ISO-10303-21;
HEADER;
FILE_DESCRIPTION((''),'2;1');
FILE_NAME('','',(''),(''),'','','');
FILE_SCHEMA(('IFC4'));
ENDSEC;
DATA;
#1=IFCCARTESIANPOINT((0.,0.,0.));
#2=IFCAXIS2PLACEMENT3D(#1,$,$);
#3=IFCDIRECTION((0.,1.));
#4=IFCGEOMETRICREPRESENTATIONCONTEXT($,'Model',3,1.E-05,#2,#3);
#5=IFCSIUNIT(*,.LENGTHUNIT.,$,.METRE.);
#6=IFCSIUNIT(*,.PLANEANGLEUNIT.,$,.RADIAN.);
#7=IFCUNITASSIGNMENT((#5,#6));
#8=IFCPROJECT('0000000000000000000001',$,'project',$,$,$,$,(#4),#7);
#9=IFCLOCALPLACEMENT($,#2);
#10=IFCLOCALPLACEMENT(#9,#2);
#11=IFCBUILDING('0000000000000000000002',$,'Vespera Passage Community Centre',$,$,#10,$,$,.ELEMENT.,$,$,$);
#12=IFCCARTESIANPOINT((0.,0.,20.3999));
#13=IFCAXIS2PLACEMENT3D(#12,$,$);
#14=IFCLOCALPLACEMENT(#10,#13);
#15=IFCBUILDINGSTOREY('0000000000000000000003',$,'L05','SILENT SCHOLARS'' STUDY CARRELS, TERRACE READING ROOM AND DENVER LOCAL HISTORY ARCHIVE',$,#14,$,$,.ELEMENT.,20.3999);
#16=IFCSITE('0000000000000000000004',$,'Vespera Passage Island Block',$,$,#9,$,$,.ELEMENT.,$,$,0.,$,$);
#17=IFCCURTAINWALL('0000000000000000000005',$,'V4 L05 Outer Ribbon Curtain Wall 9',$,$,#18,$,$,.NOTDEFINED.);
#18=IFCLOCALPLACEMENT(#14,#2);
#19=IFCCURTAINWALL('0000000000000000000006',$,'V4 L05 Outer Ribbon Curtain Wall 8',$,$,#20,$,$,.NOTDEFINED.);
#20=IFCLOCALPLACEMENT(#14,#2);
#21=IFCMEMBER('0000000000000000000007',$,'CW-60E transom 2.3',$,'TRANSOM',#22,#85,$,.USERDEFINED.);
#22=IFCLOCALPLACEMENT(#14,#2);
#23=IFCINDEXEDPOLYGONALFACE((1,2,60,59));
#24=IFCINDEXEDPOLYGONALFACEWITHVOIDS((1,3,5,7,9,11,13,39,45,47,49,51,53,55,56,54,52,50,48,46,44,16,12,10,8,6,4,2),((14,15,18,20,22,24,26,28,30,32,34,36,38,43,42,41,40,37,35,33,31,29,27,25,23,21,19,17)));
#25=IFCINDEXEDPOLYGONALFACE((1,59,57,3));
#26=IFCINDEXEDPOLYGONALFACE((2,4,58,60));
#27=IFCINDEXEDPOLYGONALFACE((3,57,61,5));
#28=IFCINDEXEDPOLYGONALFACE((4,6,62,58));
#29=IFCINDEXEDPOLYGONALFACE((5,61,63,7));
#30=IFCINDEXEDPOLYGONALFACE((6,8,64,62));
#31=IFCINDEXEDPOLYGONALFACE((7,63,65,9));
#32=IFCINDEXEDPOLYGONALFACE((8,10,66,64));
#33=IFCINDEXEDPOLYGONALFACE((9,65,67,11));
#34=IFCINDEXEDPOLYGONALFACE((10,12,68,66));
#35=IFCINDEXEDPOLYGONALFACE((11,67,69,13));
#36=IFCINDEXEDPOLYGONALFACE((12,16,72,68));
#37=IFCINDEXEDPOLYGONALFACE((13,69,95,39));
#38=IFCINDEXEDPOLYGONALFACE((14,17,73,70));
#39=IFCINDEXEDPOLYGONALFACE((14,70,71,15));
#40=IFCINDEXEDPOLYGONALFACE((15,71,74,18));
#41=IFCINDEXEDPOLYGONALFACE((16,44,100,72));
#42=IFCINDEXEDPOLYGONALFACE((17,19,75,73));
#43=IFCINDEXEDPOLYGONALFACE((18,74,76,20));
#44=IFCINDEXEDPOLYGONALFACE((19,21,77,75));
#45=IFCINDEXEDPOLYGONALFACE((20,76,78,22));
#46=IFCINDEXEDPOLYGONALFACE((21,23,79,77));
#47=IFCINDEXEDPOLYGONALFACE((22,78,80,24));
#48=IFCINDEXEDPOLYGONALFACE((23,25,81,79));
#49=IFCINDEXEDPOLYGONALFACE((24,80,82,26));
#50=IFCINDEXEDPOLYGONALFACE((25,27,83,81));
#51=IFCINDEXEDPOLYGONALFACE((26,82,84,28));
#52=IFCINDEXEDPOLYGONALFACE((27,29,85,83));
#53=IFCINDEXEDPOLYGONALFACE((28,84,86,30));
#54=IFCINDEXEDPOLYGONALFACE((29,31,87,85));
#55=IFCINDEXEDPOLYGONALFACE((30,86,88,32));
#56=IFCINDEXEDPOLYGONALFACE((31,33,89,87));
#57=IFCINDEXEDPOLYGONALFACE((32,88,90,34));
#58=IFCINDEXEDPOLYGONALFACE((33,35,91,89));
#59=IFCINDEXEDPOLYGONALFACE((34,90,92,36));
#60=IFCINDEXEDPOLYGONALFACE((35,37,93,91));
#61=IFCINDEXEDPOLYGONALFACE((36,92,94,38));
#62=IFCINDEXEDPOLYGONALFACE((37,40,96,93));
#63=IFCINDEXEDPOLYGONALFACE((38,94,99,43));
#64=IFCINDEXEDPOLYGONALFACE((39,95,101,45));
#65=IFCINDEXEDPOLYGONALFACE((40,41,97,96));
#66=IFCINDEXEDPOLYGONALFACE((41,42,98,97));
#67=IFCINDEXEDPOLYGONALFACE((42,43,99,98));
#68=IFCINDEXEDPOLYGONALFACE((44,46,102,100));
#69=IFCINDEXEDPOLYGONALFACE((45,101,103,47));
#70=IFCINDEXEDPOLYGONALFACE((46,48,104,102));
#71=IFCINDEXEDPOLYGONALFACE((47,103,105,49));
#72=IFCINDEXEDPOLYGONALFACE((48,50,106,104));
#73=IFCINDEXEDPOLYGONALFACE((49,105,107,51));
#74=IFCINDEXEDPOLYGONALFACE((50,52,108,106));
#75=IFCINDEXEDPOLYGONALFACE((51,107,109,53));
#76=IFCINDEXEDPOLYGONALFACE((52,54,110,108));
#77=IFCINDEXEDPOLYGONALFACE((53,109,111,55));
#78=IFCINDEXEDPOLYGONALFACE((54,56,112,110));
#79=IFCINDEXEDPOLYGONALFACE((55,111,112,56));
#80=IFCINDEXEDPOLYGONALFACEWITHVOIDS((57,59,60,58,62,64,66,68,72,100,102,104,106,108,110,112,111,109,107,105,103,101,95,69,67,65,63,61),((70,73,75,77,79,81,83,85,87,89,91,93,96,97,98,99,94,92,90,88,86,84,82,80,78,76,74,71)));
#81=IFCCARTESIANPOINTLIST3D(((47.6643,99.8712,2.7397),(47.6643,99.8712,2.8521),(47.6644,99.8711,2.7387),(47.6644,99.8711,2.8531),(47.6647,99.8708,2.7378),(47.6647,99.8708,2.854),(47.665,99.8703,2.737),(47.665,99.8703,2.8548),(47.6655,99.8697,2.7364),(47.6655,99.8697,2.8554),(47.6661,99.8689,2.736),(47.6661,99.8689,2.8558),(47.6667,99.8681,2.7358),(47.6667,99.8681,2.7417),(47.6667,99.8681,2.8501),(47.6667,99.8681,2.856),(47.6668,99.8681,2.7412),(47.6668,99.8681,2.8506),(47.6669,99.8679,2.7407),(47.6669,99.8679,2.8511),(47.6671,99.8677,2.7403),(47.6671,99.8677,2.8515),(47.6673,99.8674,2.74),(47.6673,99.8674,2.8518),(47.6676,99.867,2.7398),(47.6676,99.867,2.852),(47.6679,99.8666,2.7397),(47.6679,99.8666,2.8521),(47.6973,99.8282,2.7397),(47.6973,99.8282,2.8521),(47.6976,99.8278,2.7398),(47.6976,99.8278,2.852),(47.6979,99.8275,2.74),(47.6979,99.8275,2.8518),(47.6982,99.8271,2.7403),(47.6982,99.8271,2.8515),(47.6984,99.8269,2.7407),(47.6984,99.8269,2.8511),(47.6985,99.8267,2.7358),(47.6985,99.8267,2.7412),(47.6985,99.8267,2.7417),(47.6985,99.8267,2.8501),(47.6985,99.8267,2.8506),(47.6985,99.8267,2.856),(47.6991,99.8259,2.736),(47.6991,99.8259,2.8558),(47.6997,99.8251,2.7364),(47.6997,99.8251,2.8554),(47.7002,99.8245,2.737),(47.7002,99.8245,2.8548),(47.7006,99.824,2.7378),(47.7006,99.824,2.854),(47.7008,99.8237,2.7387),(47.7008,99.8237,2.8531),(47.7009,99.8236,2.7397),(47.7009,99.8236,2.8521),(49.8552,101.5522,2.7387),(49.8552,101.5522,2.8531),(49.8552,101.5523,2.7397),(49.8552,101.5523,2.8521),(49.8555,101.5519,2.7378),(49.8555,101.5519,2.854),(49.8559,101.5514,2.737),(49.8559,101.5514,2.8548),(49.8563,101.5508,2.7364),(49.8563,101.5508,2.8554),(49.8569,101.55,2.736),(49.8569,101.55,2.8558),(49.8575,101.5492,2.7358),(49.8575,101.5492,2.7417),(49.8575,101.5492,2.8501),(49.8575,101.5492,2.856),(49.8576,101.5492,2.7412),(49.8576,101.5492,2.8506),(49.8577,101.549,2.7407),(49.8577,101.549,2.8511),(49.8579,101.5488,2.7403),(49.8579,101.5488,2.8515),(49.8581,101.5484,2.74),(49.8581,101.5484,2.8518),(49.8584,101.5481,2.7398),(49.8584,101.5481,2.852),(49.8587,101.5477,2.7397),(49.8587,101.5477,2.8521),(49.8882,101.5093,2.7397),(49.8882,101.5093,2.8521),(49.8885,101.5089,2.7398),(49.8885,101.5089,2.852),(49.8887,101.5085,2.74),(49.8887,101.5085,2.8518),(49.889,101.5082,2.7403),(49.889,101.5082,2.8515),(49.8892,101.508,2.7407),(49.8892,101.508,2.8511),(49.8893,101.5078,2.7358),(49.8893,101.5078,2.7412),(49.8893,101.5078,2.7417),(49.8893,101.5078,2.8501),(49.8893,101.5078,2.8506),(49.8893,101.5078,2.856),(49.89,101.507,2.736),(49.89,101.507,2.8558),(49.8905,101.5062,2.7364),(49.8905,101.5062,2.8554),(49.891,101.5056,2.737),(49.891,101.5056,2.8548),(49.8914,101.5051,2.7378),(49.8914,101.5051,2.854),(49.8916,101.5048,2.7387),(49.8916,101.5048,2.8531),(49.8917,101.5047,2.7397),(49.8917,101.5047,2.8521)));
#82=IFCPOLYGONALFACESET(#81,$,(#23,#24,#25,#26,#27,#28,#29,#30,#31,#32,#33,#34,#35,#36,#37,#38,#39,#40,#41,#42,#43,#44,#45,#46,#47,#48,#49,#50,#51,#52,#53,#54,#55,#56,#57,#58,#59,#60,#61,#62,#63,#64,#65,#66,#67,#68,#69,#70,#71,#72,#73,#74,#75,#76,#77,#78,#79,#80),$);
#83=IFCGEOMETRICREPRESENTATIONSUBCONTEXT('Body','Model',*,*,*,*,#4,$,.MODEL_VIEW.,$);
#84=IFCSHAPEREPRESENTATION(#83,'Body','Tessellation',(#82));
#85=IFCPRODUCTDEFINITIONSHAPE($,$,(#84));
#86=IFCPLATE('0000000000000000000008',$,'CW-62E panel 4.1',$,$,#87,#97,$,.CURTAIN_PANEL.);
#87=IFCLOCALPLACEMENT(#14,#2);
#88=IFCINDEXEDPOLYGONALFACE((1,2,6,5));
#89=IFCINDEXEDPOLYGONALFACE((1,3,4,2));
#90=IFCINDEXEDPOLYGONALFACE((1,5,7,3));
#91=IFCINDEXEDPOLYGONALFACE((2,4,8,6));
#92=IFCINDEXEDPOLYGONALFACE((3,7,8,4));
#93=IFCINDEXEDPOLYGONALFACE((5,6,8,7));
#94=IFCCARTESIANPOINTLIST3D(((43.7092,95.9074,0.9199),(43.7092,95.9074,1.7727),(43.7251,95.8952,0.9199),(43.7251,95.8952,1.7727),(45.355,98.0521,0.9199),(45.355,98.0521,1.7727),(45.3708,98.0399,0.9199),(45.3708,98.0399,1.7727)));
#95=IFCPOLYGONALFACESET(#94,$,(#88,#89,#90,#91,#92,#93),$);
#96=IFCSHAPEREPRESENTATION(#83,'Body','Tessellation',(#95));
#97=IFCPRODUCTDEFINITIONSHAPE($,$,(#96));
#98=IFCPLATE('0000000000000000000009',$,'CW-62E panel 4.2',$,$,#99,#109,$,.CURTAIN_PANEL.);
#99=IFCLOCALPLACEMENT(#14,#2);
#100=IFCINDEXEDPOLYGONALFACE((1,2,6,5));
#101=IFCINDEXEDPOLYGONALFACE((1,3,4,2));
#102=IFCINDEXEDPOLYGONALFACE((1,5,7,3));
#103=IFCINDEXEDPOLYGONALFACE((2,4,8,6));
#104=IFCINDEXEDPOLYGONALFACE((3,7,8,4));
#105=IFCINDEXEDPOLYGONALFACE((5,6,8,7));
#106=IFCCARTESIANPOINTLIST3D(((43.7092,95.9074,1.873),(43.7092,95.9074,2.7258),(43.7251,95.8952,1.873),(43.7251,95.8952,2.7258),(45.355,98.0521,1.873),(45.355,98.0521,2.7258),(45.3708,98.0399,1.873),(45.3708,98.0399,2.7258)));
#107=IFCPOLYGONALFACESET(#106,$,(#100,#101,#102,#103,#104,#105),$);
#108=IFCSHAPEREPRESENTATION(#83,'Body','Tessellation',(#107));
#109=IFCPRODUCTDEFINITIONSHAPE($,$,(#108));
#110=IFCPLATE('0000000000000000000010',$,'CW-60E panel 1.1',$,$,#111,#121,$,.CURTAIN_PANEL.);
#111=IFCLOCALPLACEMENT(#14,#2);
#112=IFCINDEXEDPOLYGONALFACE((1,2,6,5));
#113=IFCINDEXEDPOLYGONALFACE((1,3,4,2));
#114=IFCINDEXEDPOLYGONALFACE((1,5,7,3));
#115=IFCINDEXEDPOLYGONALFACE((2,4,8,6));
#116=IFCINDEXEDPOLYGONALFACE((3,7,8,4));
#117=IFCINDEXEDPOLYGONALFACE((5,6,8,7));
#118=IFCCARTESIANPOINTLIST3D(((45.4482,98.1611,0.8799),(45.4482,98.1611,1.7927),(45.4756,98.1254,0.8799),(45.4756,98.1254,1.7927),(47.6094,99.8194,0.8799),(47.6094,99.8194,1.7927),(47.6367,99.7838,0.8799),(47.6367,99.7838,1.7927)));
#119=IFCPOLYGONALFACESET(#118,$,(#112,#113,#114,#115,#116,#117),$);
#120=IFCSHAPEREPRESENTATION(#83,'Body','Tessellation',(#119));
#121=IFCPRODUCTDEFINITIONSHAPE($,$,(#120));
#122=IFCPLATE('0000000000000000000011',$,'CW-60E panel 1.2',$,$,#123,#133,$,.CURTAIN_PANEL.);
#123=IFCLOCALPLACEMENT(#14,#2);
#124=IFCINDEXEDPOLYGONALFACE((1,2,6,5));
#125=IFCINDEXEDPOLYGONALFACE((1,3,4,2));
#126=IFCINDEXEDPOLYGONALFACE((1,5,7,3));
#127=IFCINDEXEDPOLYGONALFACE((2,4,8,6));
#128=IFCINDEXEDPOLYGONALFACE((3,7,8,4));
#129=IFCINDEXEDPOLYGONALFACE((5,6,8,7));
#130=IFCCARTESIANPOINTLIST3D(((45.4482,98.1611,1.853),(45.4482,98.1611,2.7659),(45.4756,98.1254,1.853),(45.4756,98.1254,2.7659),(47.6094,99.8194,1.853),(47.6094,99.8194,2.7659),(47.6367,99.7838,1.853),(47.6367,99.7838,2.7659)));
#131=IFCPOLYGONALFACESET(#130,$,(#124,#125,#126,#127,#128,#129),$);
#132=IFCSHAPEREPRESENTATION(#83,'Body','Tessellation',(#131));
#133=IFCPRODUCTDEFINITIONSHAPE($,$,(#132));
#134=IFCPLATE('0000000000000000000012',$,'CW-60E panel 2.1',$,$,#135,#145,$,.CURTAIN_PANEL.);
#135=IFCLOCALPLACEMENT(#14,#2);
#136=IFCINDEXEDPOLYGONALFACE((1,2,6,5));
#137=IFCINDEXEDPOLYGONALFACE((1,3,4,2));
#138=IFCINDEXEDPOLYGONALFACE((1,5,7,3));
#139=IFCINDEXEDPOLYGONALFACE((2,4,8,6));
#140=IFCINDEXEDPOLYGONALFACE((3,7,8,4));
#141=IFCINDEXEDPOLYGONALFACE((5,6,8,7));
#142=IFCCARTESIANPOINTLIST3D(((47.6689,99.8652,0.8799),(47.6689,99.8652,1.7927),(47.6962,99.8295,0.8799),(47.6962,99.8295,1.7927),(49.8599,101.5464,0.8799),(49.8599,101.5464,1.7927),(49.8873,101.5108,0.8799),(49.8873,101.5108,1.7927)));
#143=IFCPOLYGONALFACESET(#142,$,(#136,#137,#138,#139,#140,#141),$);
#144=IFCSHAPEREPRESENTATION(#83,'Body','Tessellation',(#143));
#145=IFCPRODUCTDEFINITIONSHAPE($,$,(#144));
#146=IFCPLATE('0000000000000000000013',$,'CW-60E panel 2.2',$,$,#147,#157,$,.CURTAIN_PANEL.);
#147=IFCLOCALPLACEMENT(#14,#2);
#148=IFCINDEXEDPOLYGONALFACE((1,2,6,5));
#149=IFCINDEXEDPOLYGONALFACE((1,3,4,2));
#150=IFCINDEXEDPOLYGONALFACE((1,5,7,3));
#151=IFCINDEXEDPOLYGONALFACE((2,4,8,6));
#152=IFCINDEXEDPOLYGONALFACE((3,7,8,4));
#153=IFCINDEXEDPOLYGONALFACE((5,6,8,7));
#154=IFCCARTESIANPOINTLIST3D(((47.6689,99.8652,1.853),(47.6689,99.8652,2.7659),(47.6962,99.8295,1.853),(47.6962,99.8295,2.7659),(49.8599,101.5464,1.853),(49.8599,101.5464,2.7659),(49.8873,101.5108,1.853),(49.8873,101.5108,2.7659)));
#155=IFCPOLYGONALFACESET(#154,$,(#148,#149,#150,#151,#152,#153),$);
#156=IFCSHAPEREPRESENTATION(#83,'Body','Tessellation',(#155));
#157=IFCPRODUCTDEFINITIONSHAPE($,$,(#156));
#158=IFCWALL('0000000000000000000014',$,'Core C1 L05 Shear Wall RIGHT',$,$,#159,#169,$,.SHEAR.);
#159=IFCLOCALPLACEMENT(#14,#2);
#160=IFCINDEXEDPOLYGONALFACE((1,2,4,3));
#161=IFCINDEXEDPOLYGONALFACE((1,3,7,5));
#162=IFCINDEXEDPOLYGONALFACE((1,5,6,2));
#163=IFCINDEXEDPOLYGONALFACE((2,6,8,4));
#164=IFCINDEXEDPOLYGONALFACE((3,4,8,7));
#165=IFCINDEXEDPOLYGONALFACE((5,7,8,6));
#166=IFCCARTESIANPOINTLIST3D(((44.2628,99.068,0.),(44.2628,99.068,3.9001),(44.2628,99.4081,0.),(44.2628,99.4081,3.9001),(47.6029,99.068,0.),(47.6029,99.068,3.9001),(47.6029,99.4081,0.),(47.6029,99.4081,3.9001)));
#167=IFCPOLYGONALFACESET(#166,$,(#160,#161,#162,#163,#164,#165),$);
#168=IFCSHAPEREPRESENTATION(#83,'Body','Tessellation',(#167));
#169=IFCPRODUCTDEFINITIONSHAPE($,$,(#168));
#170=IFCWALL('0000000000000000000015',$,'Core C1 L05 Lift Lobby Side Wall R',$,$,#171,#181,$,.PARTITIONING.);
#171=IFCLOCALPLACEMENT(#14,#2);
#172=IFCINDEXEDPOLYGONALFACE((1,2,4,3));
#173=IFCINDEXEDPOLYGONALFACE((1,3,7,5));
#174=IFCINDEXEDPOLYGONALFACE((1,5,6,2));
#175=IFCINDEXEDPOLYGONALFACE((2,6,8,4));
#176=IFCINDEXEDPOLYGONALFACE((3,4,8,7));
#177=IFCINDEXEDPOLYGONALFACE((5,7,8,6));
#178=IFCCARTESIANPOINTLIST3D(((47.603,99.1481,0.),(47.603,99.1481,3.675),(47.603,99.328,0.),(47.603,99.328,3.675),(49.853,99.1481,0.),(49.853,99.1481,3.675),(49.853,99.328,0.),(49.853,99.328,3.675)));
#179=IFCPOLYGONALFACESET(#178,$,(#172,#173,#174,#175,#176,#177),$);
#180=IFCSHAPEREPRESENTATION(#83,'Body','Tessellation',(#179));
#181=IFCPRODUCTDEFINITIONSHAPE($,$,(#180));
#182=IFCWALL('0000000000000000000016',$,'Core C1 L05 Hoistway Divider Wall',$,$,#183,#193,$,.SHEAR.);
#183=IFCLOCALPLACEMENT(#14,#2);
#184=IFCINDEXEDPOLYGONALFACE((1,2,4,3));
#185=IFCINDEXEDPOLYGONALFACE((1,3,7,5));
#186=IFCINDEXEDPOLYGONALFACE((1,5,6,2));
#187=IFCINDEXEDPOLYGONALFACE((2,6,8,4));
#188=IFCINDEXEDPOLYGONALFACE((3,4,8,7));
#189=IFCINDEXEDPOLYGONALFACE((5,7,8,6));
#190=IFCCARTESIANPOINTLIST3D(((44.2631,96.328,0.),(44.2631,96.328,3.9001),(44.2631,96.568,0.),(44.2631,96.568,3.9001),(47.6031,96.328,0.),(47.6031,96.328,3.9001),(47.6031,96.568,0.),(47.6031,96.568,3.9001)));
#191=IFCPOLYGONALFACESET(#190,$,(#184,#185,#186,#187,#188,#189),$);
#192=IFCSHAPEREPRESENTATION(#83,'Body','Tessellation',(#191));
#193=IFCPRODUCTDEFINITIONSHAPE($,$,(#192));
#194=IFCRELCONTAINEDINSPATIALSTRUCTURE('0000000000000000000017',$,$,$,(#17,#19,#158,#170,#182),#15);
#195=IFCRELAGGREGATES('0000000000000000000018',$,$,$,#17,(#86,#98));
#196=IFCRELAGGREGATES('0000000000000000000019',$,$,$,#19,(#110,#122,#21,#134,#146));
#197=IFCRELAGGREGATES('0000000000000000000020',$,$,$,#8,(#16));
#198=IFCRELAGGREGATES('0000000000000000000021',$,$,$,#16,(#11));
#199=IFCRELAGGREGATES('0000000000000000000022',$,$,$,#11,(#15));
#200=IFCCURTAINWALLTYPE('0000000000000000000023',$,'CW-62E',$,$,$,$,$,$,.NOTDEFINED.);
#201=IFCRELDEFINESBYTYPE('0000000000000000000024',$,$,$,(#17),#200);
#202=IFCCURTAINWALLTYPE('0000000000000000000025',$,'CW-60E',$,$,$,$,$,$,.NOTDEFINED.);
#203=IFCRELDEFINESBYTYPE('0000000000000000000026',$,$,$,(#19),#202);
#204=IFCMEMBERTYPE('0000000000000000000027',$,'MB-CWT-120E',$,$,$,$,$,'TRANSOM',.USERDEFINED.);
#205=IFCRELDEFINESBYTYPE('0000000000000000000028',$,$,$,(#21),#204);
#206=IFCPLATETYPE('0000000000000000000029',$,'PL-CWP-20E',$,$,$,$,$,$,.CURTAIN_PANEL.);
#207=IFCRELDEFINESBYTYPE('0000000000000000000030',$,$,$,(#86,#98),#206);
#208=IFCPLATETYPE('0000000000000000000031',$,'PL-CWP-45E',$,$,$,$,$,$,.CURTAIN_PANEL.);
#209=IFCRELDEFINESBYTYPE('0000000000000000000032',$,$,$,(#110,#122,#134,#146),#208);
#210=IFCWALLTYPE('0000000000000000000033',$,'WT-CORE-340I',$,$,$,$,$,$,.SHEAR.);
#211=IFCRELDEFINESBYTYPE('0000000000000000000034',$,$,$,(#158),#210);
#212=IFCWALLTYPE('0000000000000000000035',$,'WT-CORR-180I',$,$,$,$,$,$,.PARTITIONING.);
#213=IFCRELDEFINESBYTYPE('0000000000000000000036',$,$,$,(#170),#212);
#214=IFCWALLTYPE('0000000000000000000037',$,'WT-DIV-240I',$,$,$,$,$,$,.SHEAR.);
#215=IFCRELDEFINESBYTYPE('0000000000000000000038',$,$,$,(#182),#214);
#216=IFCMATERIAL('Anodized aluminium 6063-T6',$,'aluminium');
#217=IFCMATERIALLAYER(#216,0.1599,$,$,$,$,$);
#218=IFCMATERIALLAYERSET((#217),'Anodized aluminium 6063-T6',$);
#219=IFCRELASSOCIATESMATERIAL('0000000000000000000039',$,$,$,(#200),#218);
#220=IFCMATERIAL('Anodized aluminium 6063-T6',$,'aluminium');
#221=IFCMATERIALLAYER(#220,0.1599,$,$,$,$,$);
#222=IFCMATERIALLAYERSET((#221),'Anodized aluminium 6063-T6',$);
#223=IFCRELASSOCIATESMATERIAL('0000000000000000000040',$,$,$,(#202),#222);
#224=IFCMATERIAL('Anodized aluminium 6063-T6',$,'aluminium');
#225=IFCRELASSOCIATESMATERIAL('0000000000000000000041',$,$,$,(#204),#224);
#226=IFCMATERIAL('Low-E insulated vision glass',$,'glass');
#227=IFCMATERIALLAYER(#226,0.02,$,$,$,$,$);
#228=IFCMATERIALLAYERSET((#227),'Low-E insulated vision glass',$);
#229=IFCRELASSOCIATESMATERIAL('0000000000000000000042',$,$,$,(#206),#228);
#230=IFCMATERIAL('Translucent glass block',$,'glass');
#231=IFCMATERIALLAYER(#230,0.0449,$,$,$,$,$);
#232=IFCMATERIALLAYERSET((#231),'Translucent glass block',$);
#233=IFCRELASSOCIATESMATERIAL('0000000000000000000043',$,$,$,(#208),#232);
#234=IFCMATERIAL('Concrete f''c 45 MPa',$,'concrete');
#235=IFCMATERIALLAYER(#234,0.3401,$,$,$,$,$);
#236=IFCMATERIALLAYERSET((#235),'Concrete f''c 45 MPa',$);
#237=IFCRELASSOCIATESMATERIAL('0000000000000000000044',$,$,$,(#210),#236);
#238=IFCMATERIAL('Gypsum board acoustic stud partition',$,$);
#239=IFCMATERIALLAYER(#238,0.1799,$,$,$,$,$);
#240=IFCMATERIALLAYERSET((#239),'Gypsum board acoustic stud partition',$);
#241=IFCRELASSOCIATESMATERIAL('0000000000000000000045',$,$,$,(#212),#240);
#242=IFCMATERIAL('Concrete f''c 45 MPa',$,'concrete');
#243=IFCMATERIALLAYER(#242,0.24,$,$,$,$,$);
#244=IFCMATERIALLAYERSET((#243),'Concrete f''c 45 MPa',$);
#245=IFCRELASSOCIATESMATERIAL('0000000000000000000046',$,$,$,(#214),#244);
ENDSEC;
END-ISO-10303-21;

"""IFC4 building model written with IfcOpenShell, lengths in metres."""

from ifc_helpers import new_model, si_unit, direction, frame, frame_2d, origin, origin_2d, place, context, subcontext, project, spatial, rectangle, hollow_rectangle, extrude, material, layer, layer_set, material_profile, profile_set, type_object, element, aggregate, save


model = new_model("IFC4")

# Units and contexts
model_context = context("Model", 3, precision=1e-05, world=origin(), true_north=direction((0.0, 1.0)))
body_context = subcontext(model_context, "Body", "Model", "MODEL_VIEW")
ifc_project = project(units=[si_unit("LENGTHUNIT", "METRE"), si_unit("PLANEANGLEUNIT", "RADIAN")], contexts=[model_context])

# Site, building, storey
site_placement = place(None, origin())
site = spatial("IfcSite", under=ifc_project, at=site_placement, Name="Vespera Passage Island Block", CompositionType="ELEMENT", RefElevation=0.0)
building_placement = place(site_placement, origin())
building = spatial("IfcBuilding", under=site, at=building_placement, Name="Vespera Passage Community Centre", CompositionType="ELEMENT")
storey_placement = place(building_placement, frame((0.0, 0.0, 20.3999)))
storey = spatial("IfcBuildingStorey", under=building, at=storey_placement, Name="L05", Description="SILENT SCHOLARS' STUDY CARRELS, TERRACE READING ROOM AND DENVER LOCAL HISTORY ARCHIVE", CompositionType="ELEMENT", Elevation=20.3999)

# Curtain walls
ifc_material_1 = material(Name="Anodized aluminium 6063-T6", Category="aluminium")
ifc_layer_1 = layer(ifc_material_1, 0.1599)
ifc_layer_set_1 = layer_set([ifc_layer_1], Name="Anodized aluminium 6063-T6")
curtain_wall_type_1 = type_object("IfcCurtainWallType", Name="CW-62E", PredefinedType="NOTDEFINED", material=ifc_layer_set_1)
curtain_wall_1_placement = place(storey_placement, origin())
curtain_wall_1 = element("IfcCurtainWall", 1, at=curtain_wall_1_placement, inside=storey, type_object=curtain_wall_type_1, Name="V4 L05 Outer Ribbon Curtain Wall 9", PredefinedType="NOTDEFINED")
ifc_material_2 = material(Name="Anodized aluminium 6063-T6", Category="aluminium")
ifc_layer_2 = layer(ifc_material_2, 0.1599)
ifc_layer_set_2 = layer_set([ifc_layer_2], Name="Anodized aluminium 6063-T6")
curtain_wall_type_2 = type_object("IfcCurtainWallType", Name="CW-60E", PredefinedType="NOTDEFINED", material=ifc_layer_set_2)
curtain_wall_2_placement = place(storey_placement, origin())
curtain_wall_2 = element("IfcCurtainWall", 2, at=curtain_wall_2_placement, inside=storey, type_object=curtain_wall_type_2, Name="V4 L05 Outer Ribbon Curtain Wall 8", PredefinedType="NOTDEFINED")

# Member
ifc_material_3 = material(Name="Anodized aluminium 6063-T6", Category="aluminium")
ifc_material_profile_1 = material_profile(ifc_material_3, hollow_rectangle(XDim=0.0601, YDim=0.1201, WallThickness=0.0039, InnerFilletRadius=0.002, OuterFilletRadius=0.0039, at=origin_2d()), Name="ALU120X60X4")
ifc_profile_set_1 = profile_set([ifc_material_profile_1], Name="Anodized aluminium 6063-T6")
member_type_1 = type_object("IfcMemberType", Name="MB-CWT-120E", ElementType="TRANSOM", PredefinedType="USERDEFINED", material=ifc_profile_set_1)
member_1_placement = place(storey_placement, frame((47.6826, 99.8474, 2.7959), z_axis=(0.793353, 0.608762, 0.0), x_axis=(-0.608762, 0.793353, 0.0)))
member_1 = element("IfcMember", 3, at=member_1_placement, type_object=member_type_1, Name="CW-60E transom 2.3", ObjectType="TRANSOM", PredefinedType="USERDEFINED", context=body_context, shape_type="SweptSolid", body=[
    extrude(hollow_rectangle(XDim=0.0601, YDim=0.1201, WallThickness=0.0039, InnerFilletRadius=0.002, OuterFilletRadius=0.0039, at=origin_2d()), origin(), (0.0, 0.0, 1.0), 2.7615),
])

# Plates
ifc_material_4 = material(Name="Low-E insulated vision glass", Category="glass")
ifc_layer_3 = layer(ifc_material_4, 0.02)
ifc_layer_set_3 = layer_set([ifc_layer_3], Name="Low-E insulated vision glass")
plate_type_1 = type_object("IfcPlateType", Name="PL-CWP-20E", PredefinedType="CURTAIN_PANEL", material=ifc_layer_set_3)
plate_1_placement = place(storey_placement, frame((44.54, 96.9736, 0.9199), z_axis=(0.0, 0.0, 1.0), x_axis=(0.608765, 0.79335, 0.0)))
plate_1 = element("IfcPlate", 4, at=plate_1_placement, type_object=plate_type_1, Name="CW-62E panel 4.1", PredefinedType="CURTAIN_PANEL", context=body_context, shape_type="SweptSolid", body=[
    extrude(rectangle(XDim=2.7034, YDim=0.02, at=origin_2d()), origin(), (0.0, 0.0, 1.0), 0.8528),
])
plate_2_placement = place(storey_placement, frame((44.54, 96.9736, 1.873), z_axis=(0.0, 0.0, 1.0), x_axis=(0.608765, 0.79335, 0.0)))
plate_2 = element("IfcPlate", 5, at=plate_2_placement, type_object=plate_type_1, Name="CW-62E panel 4.2", PredefinedType="CURTAIN_PANEL", context=body_context, shape_type="SweptSolid", body=[
    extrude(rectangle(XDim=2.7034, YDim=0.02, at=origin_2d()), origin(), (0.0, 0.0, 1.0), 0.8528),
])
aggregate(curtain_wall_1, [plate_1, plate_2])
ifc_material_5 = material(Name="Translucent glass block", Category="glass")
ifc_layer_4 = layer(ifc_material_5, 0.0449)
ifc_layer_set_4 = layer_set([ifc_layer_4], Name="Translucent glass block")
plate_type_2 = type_object("IfcPlateType", Name="PL-CWP-45E", PredefinedType="CURTAIN_PANEL", material=ifc_layer_set_4)
plate_3_placement = place(storey_placement, frame((46.5425, 98.9724, 0.8799), z_axis=(0.0, 0.0, 1.0), x_axis=(0.793348, 0.608768, 0.0)))
plate_3 = element("IfcPlate", 6, at=plate_3_placement, type_object=plate_type_2, Name="CW-60E panel 1.1", PredefinedType="CURTAIN_PANEL", context=body_context, shape_type="SweptSolid", body=[
    extrude(rectangle(XDim=2.7241, YDim=0.0449, at=origin_2d()), origin(), (0.0, 0.0, 1.0), 0.9128),
])
plate_4_placement = place(storey_placement, frame((46.5425, 98.9724, 1.853), z_axis=(0.0, 0.0, 1.0), x_axis=(0.793348, 0.608768, 0.0)))
plate_4 = element("IfcPlate", 7, at=plate_4_placement, type_object=plate_type_2, Name="CW-60E panel 1.2", PredefinedType="CURTAIN_PANEL", context=body_context, shape_type="SweptSolid", body=[
    extrude(rectangle(XDim=2.7241, YDim=0.0449, at=origin_2d()), origin(), (0.0, 0.0, 1.0), 0.9128),
])
plate_5_placement = place(storey_placement, frame((48.7781, 100.688, 0.8799), z_axis=(0.0, 0.0, 1.0), x_axis=(0.793348, 0.608768, 0.0)))
plate_5 = element("IfcPlate", 8, at=plate_5_placement, type_object=plate_type_2, Name="CW-60E panel 2.1", PredefinedType="CURTAIN_PANEL", context=body_context, shape_type="SweptSolid", body=[
    extrude(rectangle(XDim=2.7617, YDim=0.0449, at=origin_2d()), origin(), (0.0, 0.0, 1.0), 0.9128),
])
plate_6_placement = place(storey_placement, frame((48.7781, 100.688, 1.853), z_axis=(0.0, 0.0, 1.0), x_axis=(0.793348, 0.608768, 0.0)))
plate_6 = element("IfcPlate", 9, at=plate_6_placement, type_object=plate_type_2, Name="CW-60E panel 2.2", PredefinedType="CURTAIN_PANEL", context=body_context, shape_type="SweptSolid", body=[
    extrude(rectangle(XDim=2.7617, YDim=0.0449, at=origin_2d()), origin(), (0.0, 0.0, 1.0), 0.9128),
])
aggregate(curtain_wall_2, [plate_3, plate_4, member_1, plate_5, plate_6])

# Shared definitions
ifc_material_6 = material(Name="Concrete f'c 45 MPa", Category="concrete")
ifc_layer_5 = layer(ifc_material_6, 0.3401)
ifc_layer_set_5 = layer_set([ifc_layer_5], Name="Concrete f'c 45 MPa")
wall_type_1 = type_object("IfcWallType", Name="WT-CORE-340I", PredefinedType="SHEAR", material=ifc_layer_set_5)

# Walls
wall_1_placement = place(storey_placement, frame((44.2629, 99.238, 0.0), z_axis=(0.0, 0.0, 1.0), x_axis=(1.0, 0.0, 0.0)))
element("IfcWall", 10, at=wall_1_placement, inside=storey, type_object=wall_type_1, Name="Core C1 L05 Shear Wall RIGHT", PredefinedType="SHEAR", context=body_context, shape_type="SweptSolid", body=[
    extrude(rectangle(XDim=3.3401, YDim=0.3401, at=frame_2d((1.6699, 0.0))), origin(), (0.0, 0.0, 1.0), 3.9001),
])
ifc_material_7 = material(Name="Gypsum board acoustic stud partition")
ifc_layer_6 = layer(ifc_material_7, 0.1799)
ifc_layer_set_6 = layer_set([ifc_layer_6], Name="Gypsum board acoustic stud partition")
wall_type_2 = type_object("IfcWallType", Name="WT-CORR-180I", PredefinedType="PARTITIONING", material=ifc_layer_set_6)
wall_2_placement = place(storey_placement, frame((47.603, 99.238, 0.0), z_axis=(0.0, 0.0, 1.0), x_axis=(1.0, 0.0, 0.0)))
element("IfcWall", 11, at=wall_2_placement, inside=storey, type_object=wall_type_2, Name="Core C1 L05 Lift Lobby Side Wall R", PredefinedType="PARTITIONING", context=body_context, shape_type="SweptSolid", body=[
    extrude(rectangle(XDim=2.25, YDim=0.1799, at=frame_2d((1.125, 0.0))), origin(), (0.0, 0.0, 1.0), 3.675),
])
ifc_material_8 = material(Name="Concrete f'c 45 MPa", Category="concrete")
ifc_layer_7 = layer(ifc_material_8, 0.24)
ifc_layer_set_7 = layer_set([ifc_layer_7], Name="Concrete f'c 45 MPa")
wall_type_3 = type_object("IfcWallType", Name="WT-DIV-240I", PredefinedType="SHEAR", material=ifc_layer_set_7)
wall_3_placement = place(storey_placement, frame((47.603, 96.448, 0.0), z_axis=(0.0, 0.0, 1.0), x_axis=(-1.0, 0.0, 0.0)))
element("IfcWall", 12, at=wall_3_placement, inside=storey, type_object=wall_type_3, Name="Core C1 L05 Hoistway Divider Wall", PredefinedType="SHEAR", context=body_context, shape_type="SweptSolid", body=[
    extrude(rectangle(XDim=3.3401, YDim=0.24, at=frame_2d((1.6699, 0.0))), origin(), (0.0, 0.0, 1.0), 3.9001),
])

save(model, "model.ifc")
